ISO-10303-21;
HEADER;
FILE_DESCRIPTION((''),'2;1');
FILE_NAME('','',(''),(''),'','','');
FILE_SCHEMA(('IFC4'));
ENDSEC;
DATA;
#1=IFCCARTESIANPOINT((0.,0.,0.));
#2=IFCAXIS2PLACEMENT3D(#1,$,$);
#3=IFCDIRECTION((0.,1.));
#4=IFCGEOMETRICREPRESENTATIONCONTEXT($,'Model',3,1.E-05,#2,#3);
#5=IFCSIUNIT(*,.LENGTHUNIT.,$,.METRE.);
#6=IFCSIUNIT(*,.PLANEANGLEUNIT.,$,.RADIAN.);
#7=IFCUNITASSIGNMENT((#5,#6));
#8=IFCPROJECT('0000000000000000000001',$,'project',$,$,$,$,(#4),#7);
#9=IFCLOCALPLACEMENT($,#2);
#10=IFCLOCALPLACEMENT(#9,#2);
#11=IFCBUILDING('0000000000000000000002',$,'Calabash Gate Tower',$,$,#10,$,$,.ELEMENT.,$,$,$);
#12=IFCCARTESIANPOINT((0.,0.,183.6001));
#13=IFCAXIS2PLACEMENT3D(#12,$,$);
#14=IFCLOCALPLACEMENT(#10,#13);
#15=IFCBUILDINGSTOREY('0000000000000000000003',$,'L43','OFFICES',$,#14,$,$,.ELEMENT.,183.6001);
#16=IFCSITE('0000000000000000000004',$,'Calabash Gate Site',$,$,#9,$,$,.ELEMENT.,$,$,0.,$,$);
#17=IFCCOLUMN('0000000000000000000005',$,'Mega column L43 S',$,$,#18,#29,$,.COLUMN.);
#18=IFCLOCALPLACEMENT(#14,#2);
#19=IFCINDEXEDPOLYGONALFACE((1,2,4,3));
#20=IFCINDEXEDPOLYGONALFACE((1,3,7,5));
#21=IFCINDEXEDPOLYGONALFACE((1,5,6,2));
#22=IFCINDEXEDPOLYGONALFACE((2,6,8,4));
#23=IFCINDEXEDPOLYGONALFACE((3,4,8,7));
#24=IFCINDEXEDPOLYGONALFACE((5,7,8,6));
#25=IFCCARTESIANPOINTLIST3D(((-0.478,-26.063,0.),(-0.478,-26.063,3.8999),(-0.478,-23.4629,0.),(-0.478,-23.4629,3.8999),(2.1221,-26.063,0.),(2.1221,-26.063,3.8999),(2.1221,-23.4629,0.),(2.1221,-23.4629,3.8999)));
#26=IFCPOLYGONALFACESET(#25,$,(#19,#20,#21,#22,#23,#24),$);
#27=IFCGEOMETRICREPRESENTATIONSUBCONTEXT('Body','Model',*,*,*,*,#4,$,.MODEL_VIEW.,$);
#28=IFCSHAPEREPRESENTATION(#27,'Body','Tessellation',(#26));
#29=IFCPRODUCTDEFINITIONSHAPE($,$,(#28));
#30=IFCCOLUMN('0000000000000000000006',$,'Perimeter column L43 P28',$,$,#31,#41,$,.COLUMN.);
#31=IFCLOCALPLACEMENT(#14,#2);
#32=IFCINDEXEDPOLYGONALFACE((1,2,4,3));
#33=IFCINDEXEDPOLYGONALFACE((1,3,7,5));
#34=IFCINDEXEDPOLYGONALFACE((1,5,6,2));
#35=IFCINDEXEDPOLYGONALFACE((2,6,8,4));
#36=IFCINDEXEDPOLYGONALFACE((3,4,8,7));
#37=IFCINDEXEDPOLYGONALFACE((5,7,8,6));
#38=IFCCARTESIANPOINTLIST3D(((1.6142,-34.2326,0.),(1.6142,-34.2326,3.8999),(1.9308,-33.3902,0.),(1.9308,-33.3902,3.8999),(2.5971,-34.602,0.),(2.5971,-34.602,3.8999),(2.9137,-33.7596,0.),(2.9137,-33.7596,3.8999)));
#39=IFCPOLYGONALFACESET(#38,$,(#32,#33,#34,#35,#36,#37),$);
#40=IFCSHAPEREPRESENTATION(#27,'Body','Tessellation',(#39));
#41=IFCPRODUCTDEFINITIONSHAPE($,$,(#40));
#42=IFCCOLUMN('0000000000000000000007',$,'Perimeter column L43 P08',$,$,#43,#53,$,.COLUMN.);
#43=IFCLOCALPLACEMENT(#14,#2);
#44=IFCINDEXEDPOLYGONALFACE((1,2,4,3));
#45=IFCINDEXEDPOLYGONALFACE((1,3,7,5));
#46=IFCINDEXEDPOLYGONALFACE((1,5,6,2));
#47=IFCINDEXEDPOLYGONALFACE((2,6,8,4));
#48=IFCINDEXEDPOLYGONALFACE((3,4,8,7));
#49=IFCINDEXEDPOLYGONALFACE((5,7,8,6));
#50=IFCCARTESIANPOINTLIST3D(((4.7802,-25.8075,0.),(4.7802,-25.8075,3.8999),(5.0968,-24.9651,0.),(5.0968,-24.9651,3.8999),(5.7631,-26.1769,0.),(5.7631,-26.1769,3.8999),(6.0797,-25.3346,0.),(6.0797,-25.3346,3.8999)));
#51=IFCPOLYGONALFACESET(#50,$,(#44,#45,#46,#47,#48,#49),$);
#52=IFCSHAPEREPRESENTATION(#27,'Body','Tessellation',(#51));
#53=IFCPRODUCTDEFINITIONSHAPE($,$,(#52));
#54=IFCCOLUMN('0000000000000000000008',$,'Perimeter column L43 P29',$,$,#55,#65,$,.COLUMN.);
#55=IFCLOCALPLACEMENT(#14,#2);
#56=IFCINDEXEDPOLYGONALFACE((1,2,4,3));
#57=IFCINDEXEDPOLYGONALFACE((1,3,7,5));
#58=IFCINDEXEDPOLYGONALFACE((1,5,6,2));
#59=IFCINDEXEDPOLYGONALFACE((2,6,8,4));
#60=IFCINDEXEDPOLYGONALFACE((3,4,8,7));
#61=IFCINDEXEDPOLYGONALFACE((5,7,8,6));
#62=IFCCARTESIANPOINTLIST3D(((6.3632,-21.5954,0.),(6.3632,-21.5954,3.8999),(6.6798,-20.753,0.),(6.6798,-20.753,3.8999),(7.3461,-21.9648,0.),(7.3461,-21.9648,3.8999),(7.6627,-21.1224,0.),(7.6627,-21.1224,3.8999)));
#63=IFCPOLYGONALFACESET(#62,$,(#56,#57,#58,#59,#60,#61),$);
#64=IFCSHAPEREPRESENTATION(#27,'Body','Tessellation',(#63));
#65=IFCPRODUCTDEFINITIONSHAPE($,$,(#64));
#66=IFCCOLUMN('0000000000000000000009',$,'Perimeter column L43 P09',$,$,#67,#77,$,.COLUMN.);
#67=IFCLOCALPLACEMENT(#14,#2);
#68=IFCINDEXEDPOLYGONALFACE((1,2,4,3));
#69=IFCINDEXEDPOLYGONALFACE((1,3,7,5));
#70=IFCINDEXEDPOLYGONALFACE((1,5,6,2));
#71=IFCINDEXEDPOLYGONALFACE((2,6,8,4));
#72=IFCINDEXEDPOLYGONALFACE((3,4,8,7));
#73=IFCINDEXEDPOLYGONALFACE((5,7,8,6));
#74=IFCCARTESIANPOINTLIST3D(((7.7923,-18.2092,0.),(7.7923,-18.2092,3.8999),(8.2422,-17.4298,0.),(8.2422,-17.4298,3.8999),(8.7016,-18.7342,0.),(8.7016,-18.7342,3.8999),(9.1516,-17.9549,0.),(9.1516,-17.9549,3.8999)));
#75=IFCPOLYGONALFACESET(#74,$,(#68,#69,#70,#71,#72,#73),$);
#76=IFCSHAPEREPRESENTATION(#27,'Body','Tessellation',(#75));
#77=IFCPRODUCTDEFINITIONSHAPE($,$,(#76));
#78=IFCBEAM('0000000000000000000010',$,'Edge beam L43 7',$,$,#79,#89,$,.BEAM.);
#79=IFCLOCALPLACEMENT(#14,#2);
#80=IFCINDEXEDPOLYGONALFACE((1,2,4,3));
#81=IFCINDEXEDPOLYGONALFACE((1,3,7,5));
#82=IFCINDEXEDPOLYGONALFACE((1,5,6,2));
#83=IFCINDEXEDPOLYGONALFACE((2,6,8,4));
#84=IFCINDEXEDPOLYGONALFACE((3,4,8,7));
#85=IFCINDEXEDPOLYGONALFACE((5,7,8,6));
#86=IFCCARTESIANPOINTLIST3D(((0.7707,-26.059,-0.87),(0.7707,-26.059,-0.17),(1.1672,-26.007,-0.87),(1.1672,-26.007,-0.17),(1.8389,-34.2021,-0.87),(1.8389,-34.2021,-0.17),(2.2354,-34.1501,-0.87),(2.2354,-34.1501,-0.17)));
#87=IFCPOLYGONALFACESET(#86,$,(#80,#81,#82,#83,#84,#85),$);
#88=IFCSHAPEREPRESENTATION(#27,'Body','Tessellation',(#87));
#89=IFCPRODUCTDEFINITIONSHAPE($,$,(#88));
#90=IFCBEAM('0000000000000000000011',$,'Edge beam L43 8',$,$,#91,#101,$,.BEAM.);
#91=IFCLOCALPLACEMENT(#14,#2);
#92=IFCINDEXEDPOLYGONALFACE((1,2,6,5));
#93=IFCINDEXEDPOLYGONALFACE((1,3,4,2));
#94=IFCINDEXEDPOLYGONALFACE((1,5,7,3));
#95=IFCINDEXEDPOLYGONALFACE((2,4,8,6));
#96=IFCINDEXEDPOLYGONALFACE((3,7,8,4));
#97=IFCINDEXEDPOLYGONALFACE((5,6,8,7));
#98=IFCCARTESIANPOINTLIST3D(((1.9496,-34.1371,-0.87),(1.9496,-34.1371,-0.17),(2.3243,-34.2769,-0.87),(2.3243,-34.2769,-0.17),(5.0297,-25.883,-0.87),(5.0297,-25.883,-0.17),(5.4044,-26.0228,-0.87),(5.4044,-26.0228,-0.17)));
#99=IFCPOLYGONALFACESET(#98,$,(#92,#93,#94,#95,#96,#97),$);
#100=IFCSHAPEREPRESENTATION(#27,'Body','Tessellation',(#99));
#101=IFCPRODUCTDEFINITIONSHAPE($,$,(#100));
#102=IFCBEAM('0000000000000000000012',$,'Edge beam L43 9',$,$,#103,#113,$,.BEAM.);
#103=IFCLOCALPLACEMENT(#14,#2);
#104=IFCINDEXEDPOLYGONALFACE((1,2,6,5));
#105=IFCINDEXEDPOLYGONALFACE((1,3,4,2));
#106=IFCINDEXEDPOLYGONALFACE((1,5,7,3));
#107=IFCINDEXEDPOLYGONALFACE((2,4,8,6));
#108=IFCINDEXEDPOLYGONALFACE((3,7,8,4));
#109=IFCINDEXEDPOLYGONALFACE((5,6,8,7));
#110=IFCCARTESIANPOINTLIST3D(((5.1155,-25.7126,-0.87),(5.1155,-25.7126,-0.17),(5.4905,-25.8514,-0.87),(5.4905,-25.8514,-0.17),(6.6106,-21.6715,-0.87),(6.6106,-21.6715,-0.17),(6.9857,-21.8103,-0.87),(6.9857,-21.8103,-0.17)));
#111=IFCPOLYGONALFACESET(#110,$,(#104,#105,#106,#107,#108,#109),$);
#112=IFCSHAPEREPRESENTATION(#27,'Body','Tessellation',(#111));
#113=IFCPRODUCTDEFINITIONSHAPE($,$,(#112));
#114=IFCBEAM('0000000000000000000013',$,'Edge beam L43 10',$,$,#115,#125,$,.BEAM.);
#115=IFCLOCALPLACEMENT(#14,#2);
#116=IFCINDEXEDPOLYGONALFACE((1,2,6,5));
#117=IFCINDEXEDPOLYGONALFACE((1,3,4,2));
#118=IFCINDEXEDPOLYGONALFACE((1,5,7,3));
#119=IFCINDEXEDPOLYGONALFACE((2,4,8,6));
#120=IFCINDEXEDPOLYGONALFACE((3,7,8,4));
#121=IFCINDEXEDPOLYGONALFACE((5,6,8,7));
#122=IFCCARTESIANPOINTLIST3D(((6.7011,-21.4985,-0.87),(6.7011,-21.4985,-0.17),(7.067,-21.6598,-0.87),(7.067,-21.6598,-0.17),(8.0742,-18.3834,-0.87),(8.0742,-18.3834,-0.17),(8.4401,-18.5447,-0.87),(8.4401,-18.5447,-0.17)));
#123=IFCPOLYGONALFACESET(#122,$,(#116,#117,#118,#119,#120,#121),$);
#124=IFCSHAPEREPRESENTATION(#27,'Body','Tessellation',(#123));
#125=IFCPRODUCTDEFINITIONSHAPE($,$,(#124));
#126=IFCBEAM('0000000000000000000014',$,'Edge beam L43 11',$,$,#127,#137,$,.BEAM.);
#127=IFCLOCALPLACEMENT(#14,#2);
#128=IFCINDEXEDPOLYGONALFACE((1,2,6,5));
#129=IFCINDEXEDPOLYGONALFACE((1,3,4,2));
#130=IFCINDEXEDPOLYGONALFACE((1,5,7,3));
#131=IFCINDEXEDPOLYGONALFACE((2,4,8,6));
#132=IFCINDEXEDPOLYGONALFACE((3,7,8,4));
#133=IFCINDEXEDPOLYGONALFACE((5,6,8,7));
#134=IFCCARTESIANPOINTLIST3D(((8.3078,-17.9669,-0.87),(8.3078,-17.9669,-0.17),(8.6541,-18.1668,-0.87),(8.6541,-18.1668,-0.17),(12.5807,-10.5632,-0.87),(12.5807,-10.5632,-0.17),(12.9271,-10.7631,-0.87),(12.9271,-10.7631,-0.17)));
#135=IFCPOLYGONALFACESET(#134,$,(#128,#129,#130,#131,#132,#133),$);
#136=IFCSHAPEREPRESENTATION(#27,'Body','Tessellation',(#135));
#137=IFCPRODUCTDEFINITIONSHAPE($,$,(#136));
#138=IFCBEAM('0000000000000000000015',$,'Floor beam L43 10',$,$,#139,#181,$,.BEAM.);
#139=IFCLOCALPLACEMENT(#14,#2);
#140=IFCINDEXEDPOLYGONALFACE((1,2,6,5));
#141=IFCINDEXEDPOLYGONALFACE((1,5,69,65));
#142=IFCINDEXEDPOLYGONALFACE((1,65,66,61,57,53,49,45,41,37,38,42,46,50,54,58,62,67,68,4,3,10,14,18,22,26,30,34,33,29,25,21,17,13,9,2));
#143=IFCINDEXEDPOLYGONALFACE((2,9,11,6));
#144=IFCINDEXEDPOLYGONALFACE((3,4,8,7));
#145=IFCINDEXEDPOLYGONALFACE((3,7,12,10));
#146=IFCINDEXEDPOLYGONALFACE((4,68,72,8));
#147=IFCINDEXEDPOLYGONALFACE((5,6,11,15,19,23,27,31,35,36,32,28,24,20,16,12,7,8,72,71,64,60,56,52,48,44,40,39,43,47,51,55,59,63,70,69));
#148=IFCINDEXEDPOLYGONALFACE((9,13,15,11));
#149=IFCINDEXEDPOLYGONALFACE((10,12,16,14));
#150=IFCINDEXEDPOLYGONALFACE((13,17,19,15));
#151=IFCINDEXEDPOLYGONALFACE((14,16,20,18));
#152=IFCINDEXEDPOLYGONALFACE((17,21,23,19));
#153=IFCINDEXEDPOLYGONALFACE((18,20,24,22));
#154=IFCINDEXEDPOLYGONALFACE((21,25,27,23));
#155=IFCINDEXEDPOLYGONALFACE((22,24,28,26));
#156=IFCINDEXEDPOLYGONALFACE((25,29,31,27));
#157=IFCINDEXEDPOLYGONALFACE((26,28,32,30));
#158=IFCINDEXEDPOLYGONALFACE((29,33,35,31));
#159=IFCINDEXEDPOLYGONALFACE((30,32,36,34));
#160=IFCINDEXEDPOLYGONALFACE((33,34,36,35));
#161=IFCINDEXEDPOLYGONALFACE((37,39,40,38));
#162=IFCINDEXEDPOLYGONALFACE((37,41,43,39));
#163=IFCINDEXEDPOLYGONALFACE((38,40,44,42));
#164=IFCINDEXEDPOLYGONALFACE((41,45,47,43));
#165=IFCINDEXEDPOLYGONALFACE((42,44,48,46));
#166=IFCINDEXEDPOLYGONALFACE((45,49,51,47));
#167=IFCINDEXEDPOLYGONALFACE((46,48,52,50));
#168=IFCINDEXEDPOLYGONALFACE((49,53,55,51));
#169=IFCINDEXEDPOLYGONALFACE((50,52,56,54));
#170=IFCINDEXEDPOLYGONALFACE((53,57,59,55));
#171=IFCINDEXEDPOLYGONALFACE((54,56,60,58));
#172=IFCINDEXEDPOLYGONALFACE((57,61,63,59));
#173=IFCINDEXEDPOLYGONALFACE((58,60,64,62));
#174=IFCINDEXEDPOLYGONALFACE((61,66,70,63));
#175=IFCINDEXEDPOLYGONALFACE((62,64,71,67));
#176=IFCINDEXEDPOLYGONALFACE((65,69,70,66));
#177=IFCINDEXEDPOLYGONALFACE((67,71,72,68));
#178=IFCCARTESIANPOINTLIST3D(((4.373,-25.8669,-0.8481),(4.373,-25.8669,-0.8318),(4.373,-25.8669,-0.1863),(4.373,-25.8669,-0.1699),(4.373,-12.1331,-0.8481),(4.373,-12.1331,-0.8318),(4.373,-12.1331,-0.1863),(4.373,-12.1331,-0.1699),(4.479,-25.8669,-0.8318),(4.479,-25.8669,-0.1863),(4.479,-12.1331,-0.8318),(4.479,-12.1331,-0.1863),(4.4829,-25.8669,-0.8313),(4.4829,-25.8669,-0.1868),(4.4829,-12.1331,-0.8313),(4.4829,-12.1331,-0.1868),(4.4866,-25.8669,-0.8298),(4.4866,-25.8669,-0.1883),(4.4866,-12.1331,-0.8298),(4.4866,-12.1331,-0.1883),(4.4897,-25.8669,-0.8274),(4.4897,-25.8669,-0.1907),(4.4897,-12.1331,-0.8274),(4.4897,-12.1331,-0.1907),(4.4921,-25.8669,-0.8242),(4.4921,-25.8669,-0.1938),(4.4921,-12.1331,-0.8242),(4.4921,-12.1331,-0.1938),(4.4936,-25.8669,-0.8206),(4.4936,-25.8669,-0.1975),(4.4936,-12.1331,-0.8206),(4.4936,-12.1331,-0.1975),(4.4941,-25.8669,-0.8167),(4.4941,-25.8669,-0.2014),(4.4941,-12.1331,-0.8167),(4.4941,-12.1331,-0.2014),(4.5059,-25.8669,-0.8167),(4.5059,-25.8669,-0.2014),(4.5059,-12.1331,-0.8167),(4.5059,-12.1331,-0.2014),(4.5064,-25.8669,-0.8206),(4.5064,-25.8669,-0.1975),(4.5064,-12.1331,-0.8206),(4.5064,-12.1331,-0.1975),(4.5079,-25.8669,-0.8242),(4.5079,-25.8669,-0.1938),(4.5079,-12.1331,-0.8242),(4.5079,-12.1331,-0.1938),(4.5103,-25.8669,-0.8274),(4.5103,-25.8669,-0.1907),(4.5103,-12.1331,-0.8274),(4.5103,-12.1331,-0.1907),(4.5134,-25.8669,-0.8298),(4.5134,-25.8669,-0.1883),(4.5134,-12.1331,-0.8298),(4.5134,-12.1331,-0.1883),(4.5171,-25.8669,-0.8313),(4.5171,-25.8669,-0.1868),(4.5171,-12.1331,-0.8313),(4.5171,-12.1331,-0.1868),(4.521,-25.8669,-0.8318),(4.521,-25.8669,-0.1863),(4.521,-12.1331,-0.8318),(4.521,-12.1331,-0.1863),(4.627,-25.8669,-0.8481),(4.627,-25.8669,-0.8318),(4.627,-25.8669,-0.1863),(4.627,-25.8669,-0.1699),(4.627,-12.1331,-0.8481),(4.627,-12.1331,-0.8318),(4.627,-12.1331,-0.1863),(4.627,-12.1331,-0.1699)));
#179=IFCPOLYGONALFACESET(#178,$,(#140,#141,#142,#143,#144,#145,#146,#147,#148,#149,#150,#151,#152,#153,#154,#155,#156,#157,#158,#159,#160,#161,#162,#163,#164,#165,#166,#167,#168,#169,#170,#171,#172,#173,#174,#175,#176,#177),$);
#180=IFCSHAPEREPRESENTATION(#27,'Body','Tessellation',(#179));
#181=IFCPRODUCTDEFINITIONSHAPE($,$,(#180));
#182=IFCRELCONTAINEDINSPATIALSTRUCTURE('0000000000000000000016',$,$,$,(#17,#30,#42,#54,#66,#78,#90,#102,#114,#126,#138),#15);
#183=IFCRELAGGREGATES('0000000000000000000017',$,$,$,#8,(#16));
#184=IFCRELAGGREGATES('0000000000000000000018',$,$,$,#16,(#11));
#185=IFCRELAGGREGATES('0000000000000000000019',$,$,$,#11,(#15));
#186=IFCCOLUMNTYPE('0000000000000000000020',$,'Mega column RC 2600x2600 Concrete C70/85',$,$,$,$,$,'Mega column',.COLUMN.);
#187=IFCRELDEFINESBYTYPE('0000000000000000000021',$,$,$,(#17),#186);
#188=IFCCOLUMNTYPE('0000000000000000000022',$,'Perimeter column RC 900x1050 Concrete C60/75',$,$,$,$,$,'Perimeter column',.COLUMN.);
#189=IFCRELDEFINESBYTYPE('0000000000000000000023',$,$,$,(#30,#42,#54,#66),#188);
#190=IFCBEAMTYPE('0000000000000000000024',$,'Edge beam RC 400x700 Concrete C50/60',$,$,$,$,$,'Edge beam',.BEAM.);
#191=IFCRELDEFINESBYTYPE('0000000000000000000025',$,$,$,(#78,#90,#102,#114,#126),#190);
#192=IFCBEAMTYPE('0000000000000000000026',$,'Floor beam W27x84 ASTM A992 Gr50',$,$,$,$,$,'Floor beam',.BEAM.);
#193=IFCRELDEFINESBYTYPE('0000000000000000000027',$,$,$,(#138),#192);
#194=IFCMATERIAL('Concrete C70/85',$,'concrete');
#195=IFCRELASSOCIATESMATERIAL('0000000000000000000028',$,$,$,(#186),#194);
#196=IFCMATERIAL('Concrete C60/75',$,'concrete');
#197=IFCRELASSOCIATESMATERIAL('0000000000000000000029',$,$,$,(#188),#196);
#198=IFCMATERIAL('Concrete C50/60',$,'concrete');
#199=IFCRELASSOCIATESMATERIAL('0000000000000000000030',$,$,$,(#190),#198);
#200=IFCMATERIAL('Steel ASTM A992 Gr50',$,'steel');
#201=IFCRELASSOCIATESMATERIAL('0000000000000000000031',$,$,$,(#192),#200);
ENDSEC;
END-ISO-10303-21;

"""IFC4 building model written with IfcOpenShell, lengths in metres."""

from ifc_helpers import new_model, si_unit, direction, frame, origin, origin_2d, place, context, subcontext, project, spatial, rectangle, i_section, extrude, material, material_profile, profile_set, type_object, element, save


model = new_model("IFC4")

# Units and contexts
model_context = context("Model", 3, precision=1e-05, world=origin(), true_north=direction((0.0, 1.0)))
body_context = subcontext(model_context, "Body", "Model", "MODEL_VIEW")
ifc_project = project(units=[si_unit("LENGTHUNIT", "METRE"), si_unit("PLANEANGLEUNIT", "RADIAN")], contexts=[model_context])

# Site, building, storey
site_placement = place(None, origin())
site = spatial("IfcSite", under=ifc_project, at=site_placement, Name="Calabash Gate Site", CompositionType="ELEMENT", RefElevation=0.0)
building_placement = place(site_placement, origin())
building = spatial("IfcBuilding", under=site, at=building_placement, Name="Calabash Gate Tower", CompositionType="ELEMENT")
storey_placement = place(building_placement, frame((0.0, 0.0, 183.6001)))
storey = spatial("IfcBuildingStorey", under=building, at=storey_placement, Name="L43", Description="OFFICES", CompositionType="ELEMENT", Elevation=183.6001)

# Columns
ifc_material_1 = material(Name="Concrete C70/85", Category="concrete")
ifc_material_profile_1 = material_profile(ifc_material_1, rectangle(XDim=2.6001, YDim=2.6001, at=origin_2d()))
ifc_profile_set_1 = profile_set([ifc_material_profile_1], Name="Concrete C70/85")
column_type_1 = type_object("IfcColumnType", Name="Mega column RC 2600x2600 Concrete C70/85", ElementType="Mega column", PredefinedType="COLUMN", material=ifc_profile_set_1)
column_placement = place(storey_placement, frame((0.822, -24.7629, 0.0), z_axis=(0.0, 0.0, 1.0), x_axis=(0.0, 1.0, 0.0)))
element("IfcColumn", 1, at=column_placement, inside=storey, type_object=column_type_1, Name="Mega column L43 S", PredefinedType="COLUMN", context=body_context, shape_type="SweptSolid", body=[
    extrude(rectangle(XDim=2.6001, YDim=2.6001, at=origin_2d()), origin(), (0.0, 0.0, 1.0), 3.8999),
])
ifc_material_2 = material(Name="Concrete C60/75", Category="concrete")
ifc_material_profile_2 = material_profile(ifc_material_2, rectangle(XDim=0.8999, YDim=1.05, at=origin_2d()))
ifc_profile_set_2 = profile_set([ifc_material_profile_2], Name="Concrete C60/75")
column_type_2 = type_object("IfcColumnType", Name="Perimeter column RC 900x1050 Concrete C60/75", ElementType="Perimeter column", PredefinedType="COLUMN", material=ifc_profile_set_2)
for number, where, z_axis, x_axis, name in (
    (2, (2.2639, -33.9961, 0.0), (0.0, 0.0, 1.0), (0.351822, 0.936067, 0.0), "Perimeter column L43 P28"),
    (3, (5.4299, -25.571, 0.0), (0.0, 0.0, 1.0), (0.351822, 0.936067, 0.0), "Perimeter column L43 P08"),
    (4, (7.0129, -21.3589, 0.0), (0.0, 0.0, 1.0), (0.351822, 0.936067, 0.0), "Perimeter column L43 P29"),
    (5, (8.4719, -18.082, 0.0), (0.0, 0.0, 1.0), (0.5, 0.866025, 0.0), "Perimeter column L43 P09"),
):
    element("IfcColumn", number, at=place(storey_placement, frame(where, z_axis=z_axis, x_axis=x_axis)), inside=storey, type_object=column_type_2, Name=name, PredefinedType="COLUMN", context=body_context, shape_type="SweptSolid", body=[
        extrude(rectangle(XDim=0.8999, YDim=1.05, at=origin_2d()), origin(), (0.0, 0.0, 1.0), 3.8999),
    ])

# Beams
ifc_material_3 = material(Name="Concrete C50/60", Category="concrete")
ifc_material_profile_3 = material_profile(ifc_material_3, rectangle(XDim=0.3999, YDim=0.7, at=origin_2d()))
ifc_profile_set_3 = profile_set([ifc_material_profile_3], Name="Concrete C50/60")
beam_type_1 = type_object("IfcBeamType", Name="Edge beam RC 400x700 Concrete C50/60", ElementType="Edge beam", PredefinedType="BEAM", material=ifc_profile_set_3)
beam_1_placement = place(storey_placement, frame((0.969, -26.033, -0.52), z_axis=(0.130055, -0.991507, 0.0), x_axis=(0.991507, 0.130055, 0.0)))
element("IfcBeam", 6, at=beam_1_placement, inside=storey, type_object=beam_type_1, Name="Edge beam L43 7", PredefinedType="BEAM", context=body_context, shape_type="SweptSolid", body=[
    extrude(rectangle(XDim=0.3999, YDim=0.7, at=origin_2d()), origin(), (0.0, 0.0, 1.0), 8.2129),
])
beam_2_placement = place(storey_placement, frame((2.137, -34.207, -0.52), z_axis=(0.349608, 0.936896, 0.0), x_axis=(-0.936896, 0.349608, 0.0)))
element("IfcBeam", 7, at=beam_2_placement, inside=storey, type_object=beam_type_1, Name="Edge beam L43 8", PredefinedType="BEAM", context=body_context, shape_type="SweptSolid", body=[
    extrude(rectangle(XDim=0.3999, YDim=0.7, at=origin_2d()), origin(), (0.0, 0.0, 1.0), 8.8101),
])
beam_3_placement = place(storey_placement, frame((5.303, -25.782, -0.52), z_axis=(0.346997, 0.937866, 0.0), x_axis=(-0.937866, 0.346997, 0.0)))
element("IfcBeam", 8, at=beam_3_placement, inside=storey, type_object=beam_type_1, Name="Edge beam L43 9", PredefinedType="BEAM", context=body_context, shape_type="SweptSolid", body=[
    extrude(rectangle(XDim=0.3999, YDim=0.7, at=origin_2d()), origin(), (0.0, 0.0, 1.0), 4.3088),
])
beam_4_placement = place(storey_placement, frame((6.884, -21.5791, -0.52), z_axis=(0.403342, 0.915049, 0.0), x_axis=(-0.915049, 0.403342, 0.0)))
element("IfcBeam", 9, at=beam_4_placement, inside=storey, type_object=beam_type_1, Name="Edge beam L43 10", PredefinedType="BEAM", context=body_context, shape_type="SweptSolid", body=[
    extrude(rectangle(XDim=0.3999, YDim=0.7, at=origin_2d()), origin(), (0.0, 0.0, 1.0), 3.4043),
])
beam_5_placement = place(storey_placement, frame((8.481, -18.0669, -0.52), z_axis=(0.499856, 0.866109, 0.0), x_axis=(-0.866109, 0.499856, 0.0)))
element("IfcBeam", 10, at=beam_5_placement, inside=storey, type_object=beam_type_1, Name="Edge beam L43 11", PredefinedType="BEAM", context=body_context, shape_type="SweptSolid", body=[
    extrude(rectangle(XDim=0.3999, YDim=0.7, at=origin_2d()), origin(), (0.0, 0.0, 1.0), 8.5483),
])
ifc_material_4 = material(Name="Steel ASTM A992 Gr50", Category="steel")
ifc_material_profile_4 = material_profile(ifc_material_4, i_section(OverallWidth=0.2539, OverallDepth=0.6782, WebThickness=0.0117, FlangeThickness=0.0164, FilletRadius=0.0151, at=origin_2d()))
ifc_profile_set_4 = profile_set([ifc_material_profile_4], Name="Steel ASTM A992 Gr50")
beam_type_2 = type_object("IfcBeamType", Name="Floor beam W27x84 ASTM A992 Gr50", ElementType="Floor beam", PredefinedType="BEAM", material=ifc_profile_set_4)
beam_6_placement = place(storey_placement, frame((4.5, -25.8669, -0.509), z_axis=(0.0, 1.0, 0.0), x_axis=(-1.0, 0.0, 0.0)))
element("IfcBeam", 11, at=beam_6_placement, inside=storey, type_object=beam_type_2, Name="Floor beam L43 10", PredefinedType="BEAM", context=body_context, shape_type="SweptSolid", body=[
    extrude(i_section(OverallWidth=0.2539, OverallDepth=0.6782, WebThickness=0.0117, FlangeThickness=0.0164, FilletRadius=0.0151, at=origin_2d()), origin(), (0.0, 0.0, 1.0), 13.7339),
])

save(model, "model.ifc")
